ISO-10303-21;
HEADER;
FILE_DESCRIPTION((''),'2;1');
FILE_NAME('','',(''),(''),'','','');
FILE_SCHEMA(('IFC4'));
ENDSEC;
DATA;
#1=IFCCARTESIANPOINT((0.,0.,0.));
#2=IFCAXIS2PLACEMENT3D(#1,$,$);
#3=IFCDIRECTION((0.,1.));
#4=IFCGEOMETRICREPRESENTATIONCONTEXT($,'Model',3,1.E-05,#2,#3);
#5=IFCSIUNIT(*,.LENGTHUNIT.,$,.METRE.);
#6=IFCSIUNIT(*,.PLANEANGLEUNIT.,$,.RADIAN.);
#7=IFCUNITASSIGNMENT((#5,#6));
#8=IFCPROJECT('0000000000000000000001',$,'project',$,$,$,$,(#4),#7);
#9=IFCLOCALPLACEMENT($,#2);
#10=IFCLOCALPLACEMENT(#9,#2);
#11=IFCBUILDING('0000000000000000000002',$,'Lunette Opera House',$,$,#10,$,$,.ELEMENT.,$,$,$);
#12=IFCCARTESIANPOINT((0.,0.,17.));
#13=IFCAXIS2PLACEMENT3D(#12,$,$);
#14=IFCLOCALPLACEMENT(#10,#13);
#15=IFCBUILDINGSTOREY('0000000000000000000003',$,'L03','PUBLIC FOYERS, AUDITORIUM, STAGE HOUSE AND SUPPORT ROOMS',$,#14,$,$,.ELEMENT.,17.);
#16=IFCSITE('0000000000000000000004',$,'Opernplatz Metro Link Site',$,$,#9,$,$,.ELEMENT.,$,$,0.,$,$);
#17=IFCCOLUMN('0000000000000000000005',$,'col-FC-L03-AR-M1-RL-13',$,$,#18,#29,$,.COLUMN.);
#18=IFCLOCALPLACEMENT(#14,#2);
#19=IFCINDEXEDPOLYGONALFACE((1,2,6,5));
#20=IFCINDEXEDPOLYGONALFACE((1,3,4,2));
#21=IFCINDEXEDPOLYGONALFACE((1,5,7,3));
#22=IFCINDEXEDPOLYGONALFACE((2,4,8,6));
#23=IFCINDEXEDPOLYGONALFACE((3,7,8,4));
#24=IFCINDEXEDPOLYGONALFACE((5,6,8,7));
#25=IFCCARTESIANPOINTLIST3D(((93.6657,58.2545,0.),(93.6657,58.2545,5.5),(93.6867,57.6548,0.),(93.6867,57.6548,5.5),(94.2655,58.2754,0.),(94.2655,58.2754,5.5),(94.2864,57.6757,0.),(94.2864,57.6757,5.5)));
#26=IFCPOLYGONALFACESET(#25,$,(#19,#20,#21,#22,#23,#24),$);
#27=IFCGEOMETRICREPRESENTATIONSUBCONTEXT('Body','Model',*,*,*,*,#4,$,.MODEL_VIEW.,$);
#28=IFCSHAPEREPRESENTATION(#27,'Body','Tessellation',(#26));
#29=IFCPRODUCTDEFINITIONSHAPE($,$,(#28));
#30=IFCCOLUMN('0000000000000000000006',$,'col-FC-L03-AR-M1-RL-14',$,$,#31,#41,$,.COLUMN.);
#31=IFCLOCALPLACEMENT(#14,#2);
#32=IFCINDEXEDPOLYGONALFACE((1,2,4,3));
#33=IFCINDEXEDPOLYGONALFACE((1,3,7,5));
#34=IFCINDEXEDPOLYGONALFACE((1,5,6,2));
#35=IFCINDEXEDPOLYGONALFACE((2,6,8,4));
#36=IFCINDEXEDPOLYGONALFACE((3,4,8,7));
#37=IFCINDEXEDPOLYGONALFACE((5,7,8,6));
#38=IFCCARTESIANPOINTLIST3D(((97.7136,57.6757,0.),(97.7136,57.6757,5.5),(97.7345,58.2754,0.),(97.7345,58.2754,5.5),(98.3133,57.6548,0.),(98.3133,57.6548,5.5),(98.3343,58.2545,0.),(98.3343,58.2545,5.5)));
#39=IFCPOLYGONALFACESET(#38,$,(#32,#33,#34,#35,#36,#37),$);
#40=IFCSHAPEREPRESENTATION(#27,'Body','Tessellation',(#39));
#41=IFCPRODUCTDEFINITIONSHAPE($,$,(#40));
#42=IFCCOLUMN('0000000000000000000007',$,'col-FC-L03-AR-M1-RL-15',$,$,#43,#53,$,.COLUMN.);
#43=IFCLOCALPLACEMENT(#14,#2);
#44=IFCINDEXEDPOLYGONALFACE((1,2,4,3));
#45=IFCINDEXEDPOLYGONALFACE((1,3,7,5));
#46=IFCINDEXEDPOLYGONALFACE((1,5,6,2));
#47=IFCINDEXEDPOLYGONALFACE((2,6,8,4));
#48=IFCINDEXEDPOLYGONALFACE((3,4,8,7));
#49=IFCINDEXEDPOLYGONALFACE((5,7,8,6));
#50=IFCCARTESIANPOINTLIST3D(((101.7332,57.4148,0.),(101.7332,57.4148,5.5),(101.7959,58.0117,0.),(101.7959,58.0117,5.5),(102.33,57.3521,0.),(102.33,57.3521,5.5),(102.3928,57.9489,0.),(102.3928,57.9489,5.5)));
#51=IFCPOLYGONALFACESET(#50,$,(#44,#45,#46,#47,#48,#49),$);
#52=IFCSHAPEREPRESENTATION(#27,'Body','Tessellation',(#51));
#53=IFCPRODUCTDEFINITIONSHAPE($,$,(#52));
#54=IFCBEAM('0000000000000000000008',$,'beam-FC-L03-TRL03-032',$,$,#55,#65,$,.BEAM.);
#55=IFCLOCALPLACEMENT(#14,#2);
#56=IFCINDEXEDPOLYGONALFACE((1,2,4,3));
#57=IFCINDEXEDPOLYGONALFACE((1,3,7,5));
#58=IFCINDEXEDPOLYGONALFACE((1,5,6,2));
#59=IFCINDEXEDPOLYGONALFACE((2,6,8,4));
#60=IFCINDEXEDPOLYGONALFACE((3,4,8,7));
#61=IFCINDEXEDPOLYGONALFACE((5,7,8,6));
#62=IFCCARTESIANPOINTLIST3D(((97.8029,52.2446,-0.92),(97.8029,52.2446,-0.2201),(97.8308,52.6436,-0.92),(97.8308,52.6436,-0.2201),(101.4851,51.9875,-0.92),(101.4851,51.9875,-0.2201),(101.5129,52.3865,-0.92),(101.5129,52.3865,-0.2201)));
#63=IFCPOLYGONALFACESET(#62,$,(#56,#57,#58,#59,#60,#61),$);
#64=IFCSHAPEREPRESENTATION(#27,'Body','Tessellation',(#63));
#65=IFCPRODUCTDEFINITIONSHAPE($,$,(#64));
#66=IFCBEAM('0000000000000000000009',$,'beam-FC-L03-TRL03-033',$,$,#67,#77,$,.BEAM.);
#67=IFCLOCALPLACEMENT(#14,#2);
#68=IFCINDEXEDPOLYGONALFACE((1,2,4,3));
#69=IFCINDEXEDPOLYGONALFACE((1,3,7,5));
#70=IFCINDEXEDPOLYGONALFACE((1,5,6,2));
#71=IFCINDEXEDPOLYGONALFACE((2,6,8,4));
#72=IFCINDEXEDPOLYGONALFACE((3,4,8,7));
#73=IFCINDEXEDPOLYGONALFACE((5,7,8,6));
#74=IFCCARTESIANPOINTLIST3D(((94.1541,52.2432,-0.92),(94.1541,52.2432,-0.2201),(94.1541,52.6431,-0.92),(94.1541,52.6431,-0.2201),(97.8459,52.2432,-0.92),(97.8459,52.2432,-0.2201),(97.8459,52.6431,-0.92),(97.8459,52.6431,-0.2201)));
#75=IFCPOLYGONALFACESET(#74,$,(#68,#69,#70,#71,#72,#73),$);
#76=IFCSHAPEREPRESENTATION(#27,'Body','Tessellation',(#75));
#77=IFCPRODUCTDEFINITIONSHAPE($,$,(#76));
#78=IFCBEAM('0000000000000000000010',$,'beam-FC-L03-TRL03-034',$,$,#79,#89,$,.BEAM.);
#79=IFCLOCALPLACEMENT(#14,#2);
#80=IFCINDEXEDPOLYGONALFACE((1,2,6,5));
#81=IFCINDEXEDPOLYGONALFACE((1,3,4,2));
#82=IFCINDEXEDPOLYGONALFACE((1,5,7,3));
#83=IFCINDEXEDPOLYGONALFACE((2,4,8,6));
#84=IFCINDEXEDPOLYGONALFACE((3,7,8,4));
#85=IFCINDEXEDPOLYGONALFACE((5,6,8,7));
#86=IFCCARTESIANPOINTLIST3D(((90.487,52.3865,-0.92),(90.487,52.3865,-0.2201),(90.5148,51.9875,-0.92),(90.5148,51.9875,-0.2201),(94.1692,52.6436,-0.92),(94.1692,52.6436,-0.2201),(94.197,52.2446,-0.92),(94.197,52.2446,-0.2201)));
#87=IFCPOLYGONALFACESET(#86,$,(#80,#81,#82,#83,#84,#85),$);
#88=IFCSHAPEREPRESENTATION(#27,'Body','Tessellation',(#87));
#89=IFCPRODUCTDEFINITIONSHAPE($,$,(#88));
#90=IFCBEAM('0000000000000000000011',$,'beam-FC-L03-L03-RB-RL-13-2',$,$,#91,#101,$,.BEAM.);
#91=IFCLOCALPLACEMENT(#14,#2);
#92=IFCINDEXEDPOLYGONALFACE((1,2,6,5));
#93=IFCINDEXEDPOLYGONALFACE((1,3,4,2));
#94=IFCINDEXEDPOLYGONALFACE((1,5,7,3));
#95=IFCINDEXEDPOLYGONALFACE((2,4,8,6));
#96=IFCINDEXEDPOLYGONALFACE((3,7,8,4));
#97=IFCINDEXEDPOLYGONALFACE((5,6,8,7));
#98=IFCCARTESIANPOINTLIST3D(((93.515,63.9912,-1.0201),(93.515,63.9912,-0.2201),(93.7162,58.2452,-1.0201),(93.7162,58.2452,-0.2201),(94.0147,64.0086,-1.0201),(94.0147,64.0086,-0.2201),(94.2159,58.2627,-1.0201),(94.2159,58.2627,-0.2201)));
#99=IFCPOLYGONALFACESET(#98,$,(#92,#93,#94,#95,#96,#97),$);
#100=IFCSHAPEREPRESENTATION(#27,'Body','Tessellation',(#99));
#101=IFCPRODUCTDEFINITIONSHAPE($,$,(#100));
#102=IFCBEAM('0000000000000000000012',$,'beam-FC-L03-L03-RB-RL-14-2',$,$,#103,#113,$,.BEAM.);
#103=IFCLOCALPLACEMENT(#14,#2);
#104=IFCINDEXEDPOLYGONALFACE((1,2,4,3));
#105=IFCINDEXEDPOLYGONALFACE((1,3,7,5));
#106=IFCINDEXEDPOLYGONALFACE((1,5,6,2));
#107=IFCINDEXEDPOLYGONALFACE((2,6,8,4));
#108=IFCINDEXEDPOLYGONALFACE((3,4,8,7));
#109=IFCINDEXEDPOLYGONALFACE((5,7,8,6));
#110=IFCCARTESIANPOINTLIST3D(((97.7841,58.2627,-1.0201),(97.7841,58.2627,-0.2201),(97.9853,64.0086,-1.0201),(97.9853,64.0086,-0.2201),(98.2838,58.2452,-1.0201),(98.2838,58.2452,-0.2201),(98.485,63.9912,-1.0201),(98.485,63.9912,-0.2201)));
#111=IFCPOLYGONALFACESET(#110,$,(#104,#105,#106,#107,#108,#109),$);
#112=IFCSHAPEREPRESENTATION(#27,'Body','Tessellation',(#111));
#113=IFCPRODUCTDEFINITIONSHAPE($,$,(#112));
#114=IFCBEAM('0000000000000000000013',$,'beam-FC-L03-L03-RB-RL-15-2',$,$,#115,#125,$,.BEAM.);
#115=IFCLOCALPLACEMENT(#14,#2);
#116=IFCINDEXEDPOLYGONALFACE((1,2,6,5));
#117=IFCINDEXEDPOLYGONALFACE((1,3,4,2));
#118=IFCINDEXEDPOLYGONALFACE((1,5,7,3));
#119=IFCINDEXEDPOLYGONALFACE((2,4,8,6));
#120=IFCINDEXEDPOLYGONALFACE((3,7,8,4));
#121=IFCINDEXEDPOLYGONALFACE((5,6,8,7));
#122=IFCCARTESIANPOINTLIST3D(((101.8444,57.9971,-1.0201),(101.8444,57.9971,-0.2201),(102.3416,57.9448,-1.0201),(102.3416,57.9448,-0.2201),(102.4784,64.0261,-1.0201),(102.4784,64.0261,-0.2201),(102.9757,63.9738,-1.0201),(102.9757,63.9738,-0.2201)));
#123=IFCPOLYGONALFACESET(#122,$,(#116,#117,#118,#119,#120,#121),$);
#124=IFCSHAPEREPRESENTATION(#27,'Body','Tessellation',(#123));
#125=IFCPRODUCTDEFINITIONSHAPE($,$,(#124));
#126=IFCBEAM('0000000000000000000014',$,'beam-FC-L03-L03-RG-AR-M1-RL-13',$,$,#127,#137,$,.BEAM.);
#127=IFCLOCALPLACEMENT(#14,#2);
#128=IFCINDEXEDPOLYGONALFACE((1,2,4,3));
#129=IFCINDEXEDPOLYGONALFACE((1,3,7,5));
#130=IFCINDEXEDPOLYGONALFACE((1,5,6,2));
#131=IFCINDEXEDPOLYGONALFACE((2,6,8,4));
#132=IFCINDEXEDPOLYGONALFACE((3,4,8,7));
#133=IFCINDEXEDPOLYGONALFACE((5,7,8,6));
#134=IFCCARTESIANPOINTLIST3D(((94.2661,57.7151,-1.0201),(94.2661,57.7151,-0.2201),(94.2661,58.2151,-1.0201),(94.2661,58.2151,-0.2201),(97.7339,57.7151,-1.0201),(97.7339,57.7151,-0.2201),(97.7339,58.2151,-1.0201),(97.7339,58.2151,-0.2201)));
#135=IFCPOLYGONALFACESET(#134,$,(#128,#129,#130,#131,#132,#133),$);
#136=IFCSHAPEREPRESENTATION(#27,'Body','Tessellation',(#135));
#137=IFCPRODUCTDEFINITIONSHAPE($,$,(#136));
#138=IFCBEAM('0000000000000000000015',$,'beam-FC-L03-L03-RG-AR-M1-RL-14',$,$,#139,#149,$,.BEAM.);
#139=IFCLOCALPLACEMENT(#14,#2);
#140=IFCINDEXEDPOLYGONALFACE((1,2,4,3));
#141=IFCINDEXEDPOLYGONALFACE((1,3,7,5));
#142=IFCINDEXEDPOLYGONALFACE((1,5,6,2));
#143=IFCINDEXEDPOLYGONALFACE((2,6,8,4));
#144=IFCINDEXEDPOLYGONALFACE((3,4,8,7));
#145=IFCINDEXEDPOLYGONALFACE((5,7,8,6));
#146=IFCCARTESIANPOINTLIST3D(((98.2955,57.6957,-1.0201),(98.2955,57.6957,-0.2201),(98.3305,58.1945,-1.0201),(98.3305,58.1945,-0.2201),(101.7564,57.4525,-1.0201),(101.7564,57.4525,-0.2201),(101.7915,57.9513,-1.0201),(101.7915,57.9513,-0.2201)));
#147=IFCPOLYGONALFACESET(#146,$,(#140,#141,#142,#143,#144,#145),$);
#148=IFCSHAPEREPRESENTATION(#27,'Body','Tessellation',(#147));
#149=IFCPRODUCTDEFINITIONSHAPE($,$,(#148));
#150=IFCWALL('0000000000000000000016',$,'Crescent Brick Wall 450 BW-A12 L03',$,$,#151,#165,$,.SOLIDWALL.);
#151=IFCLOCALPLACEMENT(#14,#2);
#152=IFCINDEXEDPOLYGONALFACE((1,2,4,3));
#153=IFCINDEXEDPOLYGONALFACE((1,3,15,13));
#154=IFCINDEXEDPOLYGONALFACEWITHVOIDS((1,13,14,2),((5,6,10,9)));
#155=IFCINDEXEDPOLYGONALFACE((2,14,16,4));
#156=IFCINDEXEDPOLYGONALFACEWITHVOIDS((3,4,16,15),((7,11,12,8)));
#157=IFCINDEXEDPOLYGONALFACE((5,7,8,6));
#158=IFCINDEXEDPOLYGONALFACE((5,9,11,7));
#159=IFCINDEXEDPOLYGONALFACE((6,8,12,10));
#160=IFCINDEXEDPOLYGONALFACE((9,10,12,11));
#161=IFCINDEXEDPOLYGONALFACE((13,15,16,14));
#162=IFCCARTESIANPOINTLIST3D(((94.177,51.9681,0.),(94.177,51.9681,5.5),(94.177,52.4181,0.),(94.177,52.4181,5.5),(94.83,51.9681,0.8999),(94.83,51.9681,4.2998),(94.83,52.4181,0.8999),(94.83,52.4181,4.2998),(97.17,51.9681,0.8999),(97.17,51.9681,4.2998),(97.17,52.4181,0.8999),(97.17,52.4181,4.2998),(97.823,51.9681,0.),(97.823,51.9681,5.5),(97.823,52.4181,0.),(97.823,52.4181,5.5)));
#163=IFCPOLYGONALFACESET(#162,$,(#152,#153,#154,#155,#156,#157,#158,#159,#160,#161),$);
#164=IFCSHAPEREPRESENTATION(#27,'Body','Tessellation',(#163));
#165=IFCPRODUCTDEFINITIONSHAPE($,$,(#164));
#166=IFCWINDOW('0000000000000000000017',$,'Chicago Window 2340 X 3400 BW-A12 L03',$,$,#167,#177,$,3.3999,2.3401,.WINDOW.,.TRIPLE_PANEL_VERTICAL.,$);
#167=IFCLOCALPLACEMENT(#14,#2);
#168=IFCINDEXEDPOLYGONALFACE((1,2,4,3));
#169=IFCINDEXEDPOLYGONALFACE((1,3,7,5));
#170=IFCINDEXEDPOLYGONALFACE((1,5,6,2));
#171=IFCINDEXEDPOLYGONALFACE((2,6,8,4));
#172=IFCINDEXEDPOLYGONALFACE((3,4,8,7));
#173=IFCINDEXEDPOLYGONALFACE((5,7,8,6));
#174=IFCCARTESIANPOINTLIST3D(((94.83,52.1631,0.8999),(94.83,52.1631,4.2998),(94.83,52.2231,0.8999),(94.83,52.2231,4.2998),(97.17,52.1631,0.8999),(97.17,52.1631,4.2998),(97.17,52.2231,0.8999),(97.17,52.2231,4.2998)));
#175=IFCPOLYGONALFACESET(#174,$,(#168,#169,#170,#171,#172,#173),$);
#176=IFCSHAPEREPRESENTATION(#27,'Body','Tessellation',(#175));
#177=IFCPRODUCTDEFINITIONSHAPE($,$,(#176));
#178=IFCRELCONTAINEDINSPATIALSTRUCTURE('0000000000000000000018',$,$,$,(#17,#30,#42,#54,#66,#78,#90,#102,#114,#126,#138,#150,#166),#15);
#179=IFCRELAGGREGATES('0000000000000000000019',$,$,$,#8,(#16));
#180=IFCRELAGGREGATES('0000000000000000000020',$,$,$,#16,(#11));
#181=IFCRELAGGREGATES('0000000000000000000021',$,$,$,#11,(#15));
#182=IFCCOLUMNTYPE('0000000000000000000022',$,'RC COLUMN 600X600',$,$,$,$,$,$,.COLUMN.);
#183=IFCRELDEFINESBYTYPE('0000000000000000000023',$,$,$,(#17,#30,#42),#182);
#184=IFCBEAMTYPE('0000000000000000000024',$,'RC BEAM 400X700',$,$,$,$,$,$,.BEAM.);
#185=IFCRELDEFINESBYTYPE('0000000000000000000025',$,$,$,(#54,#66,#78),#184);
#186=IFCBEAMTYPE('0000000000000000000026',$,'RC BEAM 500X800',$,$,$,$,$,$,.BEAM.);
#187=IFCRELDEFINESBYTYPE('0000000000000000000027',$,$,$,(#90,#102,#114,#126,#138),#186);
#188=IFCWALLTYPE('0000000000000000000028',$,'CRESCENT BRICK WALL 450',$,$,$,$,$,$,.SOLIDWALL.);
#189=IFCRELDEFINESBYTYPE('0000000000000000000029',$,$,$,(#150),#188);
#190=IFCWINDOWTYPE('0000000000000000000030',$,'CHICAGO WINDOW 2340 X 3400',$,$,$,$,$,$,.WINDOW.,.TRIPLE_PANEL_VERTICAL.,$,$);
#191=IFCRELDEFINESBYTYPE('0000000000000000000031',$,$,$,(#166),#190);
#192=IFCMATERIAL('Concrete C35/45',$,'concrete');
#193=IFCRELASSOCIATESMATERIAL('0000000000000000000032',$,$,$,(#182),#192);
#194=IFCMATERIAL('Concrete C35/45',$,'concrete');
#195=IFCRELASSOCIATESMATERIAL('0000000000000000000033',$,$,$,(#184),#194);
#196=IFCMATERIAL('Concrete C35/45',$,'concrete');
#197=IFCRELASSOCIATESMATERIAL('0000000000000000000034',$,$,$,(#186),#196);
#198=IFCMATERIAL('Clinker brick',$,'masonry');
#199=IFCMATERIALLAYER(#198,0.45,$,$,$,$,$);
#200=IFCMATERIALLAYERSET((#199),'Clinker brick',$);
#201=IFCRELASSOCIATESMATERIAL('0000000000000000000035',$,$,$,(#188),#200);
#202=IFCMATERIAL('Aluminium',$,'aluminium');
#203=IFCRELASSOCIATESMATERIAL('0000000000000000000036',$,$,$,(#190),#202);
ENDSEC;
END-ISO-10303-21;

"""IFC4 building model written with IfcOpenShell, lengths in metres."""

from ifc_helpers import new_model, si_unit, direction, frame, frame_2d, origin, origin_2d, place, context, subcontext, project, spatial, rectangle, extrude, material, layer, layer_set, material_profile, profile_set, type_object, element, fill, save


model = new_model("IFC4")

# Units and contexts
model_context = context("Model", 3, precision=1e-05, world=origin(), true_north=direction((0.0, 1.0)))
body_context = subcontext(model_context, "Body", "Model", "MODEL_VIEW")
ifc_project = project(units=[si_unit("LENGTHUNIT", "METRE"), si_unit("PLANEANGLEUNIT", "RADIAN")], contexts=[model_context])

# Site, building, storey
site_placement = place(None, origin())
site = spatial("IfcSite", under=ifc_project, at=site_placement, Name="Opernplatz Metro Link Site", CompositionType="ELEMENT", RefElevation=0.0)
building_placement = place(site_placement, origin())
building = spatial("IfcBuilding", under=site, at=building_placement, Name="Lunette Opera House", CompositionType="ELEMENT")
storey_placement = place(building_placement, frame((0.0, 0.0, 17.0)))
storey = spatial("IfcBuildingStorey", under=building, at=storey_placement, Name="L03", Description="PUBLIC FOYERS, AUDITORIUM, STAGE HOUSE AND SUPPORT ROOMS", CompositionType="ELEMENT", Elevation=17.0)

# Columns
ifc_material_1 = material(Name="Concrete C35/45", Category="concrete")
ifc_material_profile_1 = material_profile(ifc_material_1, rectangle(XDim=0.6001, YDim=0.6001, at=origin_2d()), Name="RC COLUMN 600X600")
ifc_profile_set_1 = profile_set([ifc_material_profile_1], Name="Concrete C35/45")
column_type = type_object("IfcColumnType", Name="RC COLUMN 600X600", PredefinedType="COLUMN", material=ifc_profile_set_1)
for number, where, z_axis, x_axis, name in (
    (1, (93.9761, 57.9651, 0.0), (0.0, 0.0, 1.0), (0.999391, 0.034899, 0.0), "col-FC-L03-AR-M1-RL-13"),
    (2, (98.0239, 57.9651, 0.0), (0.0, 0.0, 1.0), (0.999391, -0.034899, 0.0), "col-FC-L03-AR-M1-RL-14"),
    (3, (102.063, 57.6819, 0.0), (0.0, 0.0, 1.0), (0.994522, -0.104528, 0.0), "col-FC-L03-AR-M1-RL-15"),
):
    element("IfcColumn", number, at=place(storey_placement, frame(where, z_axis=z_axis, x_axis=x_axis)), inside=storey, type_object=column_type, Name=name, PredefinedType="COLUMN", context=body_context, shape_type="SweptSolid", body=[
        extrude(rectangle(XDim=0.6001, YDim=0.6001, at=origin_2d()), origin(), (0.0, 0.0, 1.0), 5.5),
    ])

# Beams
ifc_material_2 = material(Name="Concrete C35/45", Category="concrete")
ifc_material_profile_2 = material_profile(ifc_material_2, rectangle(XDim=0.3999, YDim=0.7, at=origin_2d()), Name="RC BEAM 400X700")
ifc_profile_set_2 = profile_set([ifc_material_profile_2], Name="Concrete C35/45")
beam_type_1 = type_object("IfcBeamType", Name="RC BEAM 400X700", PredefinedType="BEAM", material=ifc_profile_set_2)
beam_1_placement = place(storey_placement, frame((101.499, 52.187, -0.5701), z_axis=(-0.997572, 0.069649, 0.0), x_axis=(-0.069649, -0.997572, 0.0)))
element("IfcBeam", 4, at=beam_1_placement, inside=storey, type_object=beam_type_1, Name="beam-FC-L03-TRL03-032", PredefinedType="BEAM", context=body_context, shape_type="SweptSolid", body=[
    extrude(rectangle(XDim=0.3999, YDim=0.7, at=origin_2d()), origin(), (0.0, 0.0, 1.0), 3.6912),
])
beam_2_placement = place(storey_placement, frame((97.8459, 52.4431, -0.5701), z_axis=(-1.0, 0.0, 0.0), x_axis=(0.0, -1.0, 0.0)))
element("IfcBeam", 5, at=beam_2_placement, inside=storey, type_object=beam_type_1, Name="beam-FC-L03-TRL03-033", PredefinedType="BEAM", context=body_context, shape_type="SweptSolid", body=[
    extrude(rectangle(XDim=0.3999, YDim=0.7, at=origin_2d()), origin(), (0.0, 0.0, 1.0), 3.6919),
])
beam_3_placement = place(storey_placement, frame((94.1831, 52.4441, -0.5701), z_axis=(-0.997572, -0.069649, 0.0), x_axis=(0.069649, -0.997572, 0.0)))
element("IfcBeam", 6, at=beam_3_placement, inside=storey, type_object=beam_type_1, Name="beam-FC-L03-TRL03-034", PredefinedType="BEAM", context=body_context, shape_type="SweptSolid", body=[
    extrude(rectangle(XDim=0.3999, YDim=0.7, at=origin_2d()), origin(), (0.0, 0.0, 1.0), 3.6912),
])
ifc_material_3 = material(Name="Concrete C35/45", Category="concrete")
ifc_material_profile_3 = material_profile(ifc_material_3, rectangle(XDim=0.5, YDim=0.8, at=origin_2d()), Name="RC BEAM 500X800")
ifc_profile_set_3 = profile_set([ifc_material_profile_3], Name="Concrete C35/45")
beam_type_2 = type_object("IfcBeamType", Name="RC BEAM 500X800", PredefinedType="BEAM", material=ifc_profile_set_3)
for number, where, z_axis, x_axis, name in (
    (7, (93.9661, 58.2539, -0.6201), (-0.034989, 0.999388, 0.0), (-0.999388, -0.034989, 0.0), "beam-FC-L03-L03-RB-RL-13-2"),
    (8, (98.0339, 58.2539, -0.6201), (0.034989, 0.999388, 0.0), (-0.999388, 0.034989, 0.0), "beam-FC-L03-L03-RB-RL-14-2"),
):
    element("IfcBeam", number, at=place(storey_placement, frame(where, z_axis=z_axis, x_axis=x_axis)), inside=storey, type_object=beam_type_2, Name=name, PredefinedType="BEAM", context=body_context, shape_type="SweptSolid", body=[
        extrude(rectangle(XDim=0.5, YDim=0.8, at=origin_2d()), origin(), (0.0, 0.0, 1.0), 5.7495),
    ])
beam_4_placement = place(storey_placement, frame((102.093, 57.9709, -0.6201), z_axis=(0.104586, 0.994516, 0.0), x_axis=(-0.994516, 0.104586, 0.0)))
element("IfcBeam", 9, at=beam_4_placement, inside=storey, type_object=beam_type_2, Name="beam-FC-L03-L03-RB-RL-15-2", PredefinedType="BEAM", context=body_context, shape_type="SweptSolid", body=[
    extrude(rectangle(XDim=0.5, YDim=0.8, at=origin_2d()), origin(), (0.0, 0.0, 1.0), 6.0623),
])
beam_5_placement = place(storey_placement, frame((94.2661, 57.9651, -0.6201), z_axis=(1.0, 0.0, 0.0), x_axis=(0.0, 1.0, 0.0)))
element("IfcBeam", 10, at=beam_5_placement, inside=storey, type_object=beam_type_2, Name="beam-FC-L03-L03-RG-AR-M1-RL-13", PredefinedType="BEAM", context=body_context, shape_type="SweptSolid", body=[
    extrude(rectangle(XDim=0.5, YDim=0.8, at=origin_2d()), origin(), (0.0, 0.0, 1.0), 3.4678),
])
beam_6_placement = place(storey_placement, frame((98.313, 57.9451, -0.6201), z_axis=(0.997541, -0.070087, 0.0), x_axis=(0.070087, 0.997541, 0.0)))
element("IfcBeam", 11, at=beam_6_placement, inside=storey, type_object=beam_type_2, Name="beam-FC-L03-L03-RG-AR-M1-RL-14", PredefinedType="BEAM", context=body_context, shape_type="SweptSolid", body=[
    extrude(rectangle(XDim=0.5, YDim=0.8, at=origin_2d()), origin(), (0.0, 0.0, 1.0), 3.4695),
])

# Wall, opening, window
ifc_material_4 = material(Name="Clinker brick", Category="masonry")
ifc_layer = layer(ifc_material_4, 0.45)
ifc_layer_set = layer_set([ifc_layer], Name="Clinker brick")
wall_type = type_object("IfcWallType", Name="CRESCENT BRICK WALL 450", PredefinedType="SOLIDWALL", material=ifc_layer_set)
wall_1_placement = place(storey_placement, frame((94.177, 52.1931, 0.0), z_axis=(0.0, 0.0, 1.0), x_axis=(1.0, 0.0, 0.0)))
wall_1 = element("IfcWall", 12, at=wall_1_placement, inside=storey, type_object=wall_type, Name="Crescent Brick Wall 450 BW-A12 L03", PredefinedType="SOLIDWALL", context=body_context, shape_type="SweptSolid", body=[
    extrude(rectangle(XDim=3.646, YDim=0.45, at=frame_2d((1.823, 0.0))), origin(), (0.0, 0.0, 1.0), 5.5),
])
opening_1_placement = place(wall_1_placement, frame((0.6531, 0.0, 0.8999)))
opening_1 = element("IfcOpeningElement", 13, at=opening_1_placement, cuts=wall_1, PredefinedType="OPENING", context=body_context, shape_type="SweptSolid", body=[
    extrude(rectangle(XDim=2.3401, YDim=3.3999, at=frame_2d((1.1699, 1.7))), frame((0.0, 0.2371, 0.0), z_axis=(0.0, -1.0, 0.0), x_axis=(1.0, 0.0, 0.0)), (0.0, 0.0, 1.0), 0.4739),
])
ifc_material_5 = material(Name="Aluminium", Category="aluminium")
window_type = type_object("IfcWindowType", Name="CHICAGO WINDOW 2340 X 3400", PartitioningType="TRIPLE_PANEL_VERTICAL", PredefinedType="WINDOW", material=ifc_material_5)
window_1_placement = place(opening_1_placement, origin())
window_1 = element("IfcWindow", 14, at=window_1_placement, inside=storey, type_object=window_type, Name="Chicago Window 2340 X 3400 BW-A12 L03", OverallHeight=3.3999, OverallWidth=2.3401, PartitioningType="TRIPLE_PANEL_VERTICAL", PredefinedType="WINDOW", context=body_context, shape_type="SweptSolid", body=[
    extrude(rectangle(XDim=2.3401, YDim=3.3999, at=frame_2d((1.1699, 1.7))), frame((0.0, 0.03, 0.0), z_axis=(0.0, -1.0, 0.0), x_axis=(1.0, 0.0, 0.0)), (0.0, 0.0, 1.0), 0.0601),
])
fill(opening_1, window_1)

save(model, "model.ifc")
